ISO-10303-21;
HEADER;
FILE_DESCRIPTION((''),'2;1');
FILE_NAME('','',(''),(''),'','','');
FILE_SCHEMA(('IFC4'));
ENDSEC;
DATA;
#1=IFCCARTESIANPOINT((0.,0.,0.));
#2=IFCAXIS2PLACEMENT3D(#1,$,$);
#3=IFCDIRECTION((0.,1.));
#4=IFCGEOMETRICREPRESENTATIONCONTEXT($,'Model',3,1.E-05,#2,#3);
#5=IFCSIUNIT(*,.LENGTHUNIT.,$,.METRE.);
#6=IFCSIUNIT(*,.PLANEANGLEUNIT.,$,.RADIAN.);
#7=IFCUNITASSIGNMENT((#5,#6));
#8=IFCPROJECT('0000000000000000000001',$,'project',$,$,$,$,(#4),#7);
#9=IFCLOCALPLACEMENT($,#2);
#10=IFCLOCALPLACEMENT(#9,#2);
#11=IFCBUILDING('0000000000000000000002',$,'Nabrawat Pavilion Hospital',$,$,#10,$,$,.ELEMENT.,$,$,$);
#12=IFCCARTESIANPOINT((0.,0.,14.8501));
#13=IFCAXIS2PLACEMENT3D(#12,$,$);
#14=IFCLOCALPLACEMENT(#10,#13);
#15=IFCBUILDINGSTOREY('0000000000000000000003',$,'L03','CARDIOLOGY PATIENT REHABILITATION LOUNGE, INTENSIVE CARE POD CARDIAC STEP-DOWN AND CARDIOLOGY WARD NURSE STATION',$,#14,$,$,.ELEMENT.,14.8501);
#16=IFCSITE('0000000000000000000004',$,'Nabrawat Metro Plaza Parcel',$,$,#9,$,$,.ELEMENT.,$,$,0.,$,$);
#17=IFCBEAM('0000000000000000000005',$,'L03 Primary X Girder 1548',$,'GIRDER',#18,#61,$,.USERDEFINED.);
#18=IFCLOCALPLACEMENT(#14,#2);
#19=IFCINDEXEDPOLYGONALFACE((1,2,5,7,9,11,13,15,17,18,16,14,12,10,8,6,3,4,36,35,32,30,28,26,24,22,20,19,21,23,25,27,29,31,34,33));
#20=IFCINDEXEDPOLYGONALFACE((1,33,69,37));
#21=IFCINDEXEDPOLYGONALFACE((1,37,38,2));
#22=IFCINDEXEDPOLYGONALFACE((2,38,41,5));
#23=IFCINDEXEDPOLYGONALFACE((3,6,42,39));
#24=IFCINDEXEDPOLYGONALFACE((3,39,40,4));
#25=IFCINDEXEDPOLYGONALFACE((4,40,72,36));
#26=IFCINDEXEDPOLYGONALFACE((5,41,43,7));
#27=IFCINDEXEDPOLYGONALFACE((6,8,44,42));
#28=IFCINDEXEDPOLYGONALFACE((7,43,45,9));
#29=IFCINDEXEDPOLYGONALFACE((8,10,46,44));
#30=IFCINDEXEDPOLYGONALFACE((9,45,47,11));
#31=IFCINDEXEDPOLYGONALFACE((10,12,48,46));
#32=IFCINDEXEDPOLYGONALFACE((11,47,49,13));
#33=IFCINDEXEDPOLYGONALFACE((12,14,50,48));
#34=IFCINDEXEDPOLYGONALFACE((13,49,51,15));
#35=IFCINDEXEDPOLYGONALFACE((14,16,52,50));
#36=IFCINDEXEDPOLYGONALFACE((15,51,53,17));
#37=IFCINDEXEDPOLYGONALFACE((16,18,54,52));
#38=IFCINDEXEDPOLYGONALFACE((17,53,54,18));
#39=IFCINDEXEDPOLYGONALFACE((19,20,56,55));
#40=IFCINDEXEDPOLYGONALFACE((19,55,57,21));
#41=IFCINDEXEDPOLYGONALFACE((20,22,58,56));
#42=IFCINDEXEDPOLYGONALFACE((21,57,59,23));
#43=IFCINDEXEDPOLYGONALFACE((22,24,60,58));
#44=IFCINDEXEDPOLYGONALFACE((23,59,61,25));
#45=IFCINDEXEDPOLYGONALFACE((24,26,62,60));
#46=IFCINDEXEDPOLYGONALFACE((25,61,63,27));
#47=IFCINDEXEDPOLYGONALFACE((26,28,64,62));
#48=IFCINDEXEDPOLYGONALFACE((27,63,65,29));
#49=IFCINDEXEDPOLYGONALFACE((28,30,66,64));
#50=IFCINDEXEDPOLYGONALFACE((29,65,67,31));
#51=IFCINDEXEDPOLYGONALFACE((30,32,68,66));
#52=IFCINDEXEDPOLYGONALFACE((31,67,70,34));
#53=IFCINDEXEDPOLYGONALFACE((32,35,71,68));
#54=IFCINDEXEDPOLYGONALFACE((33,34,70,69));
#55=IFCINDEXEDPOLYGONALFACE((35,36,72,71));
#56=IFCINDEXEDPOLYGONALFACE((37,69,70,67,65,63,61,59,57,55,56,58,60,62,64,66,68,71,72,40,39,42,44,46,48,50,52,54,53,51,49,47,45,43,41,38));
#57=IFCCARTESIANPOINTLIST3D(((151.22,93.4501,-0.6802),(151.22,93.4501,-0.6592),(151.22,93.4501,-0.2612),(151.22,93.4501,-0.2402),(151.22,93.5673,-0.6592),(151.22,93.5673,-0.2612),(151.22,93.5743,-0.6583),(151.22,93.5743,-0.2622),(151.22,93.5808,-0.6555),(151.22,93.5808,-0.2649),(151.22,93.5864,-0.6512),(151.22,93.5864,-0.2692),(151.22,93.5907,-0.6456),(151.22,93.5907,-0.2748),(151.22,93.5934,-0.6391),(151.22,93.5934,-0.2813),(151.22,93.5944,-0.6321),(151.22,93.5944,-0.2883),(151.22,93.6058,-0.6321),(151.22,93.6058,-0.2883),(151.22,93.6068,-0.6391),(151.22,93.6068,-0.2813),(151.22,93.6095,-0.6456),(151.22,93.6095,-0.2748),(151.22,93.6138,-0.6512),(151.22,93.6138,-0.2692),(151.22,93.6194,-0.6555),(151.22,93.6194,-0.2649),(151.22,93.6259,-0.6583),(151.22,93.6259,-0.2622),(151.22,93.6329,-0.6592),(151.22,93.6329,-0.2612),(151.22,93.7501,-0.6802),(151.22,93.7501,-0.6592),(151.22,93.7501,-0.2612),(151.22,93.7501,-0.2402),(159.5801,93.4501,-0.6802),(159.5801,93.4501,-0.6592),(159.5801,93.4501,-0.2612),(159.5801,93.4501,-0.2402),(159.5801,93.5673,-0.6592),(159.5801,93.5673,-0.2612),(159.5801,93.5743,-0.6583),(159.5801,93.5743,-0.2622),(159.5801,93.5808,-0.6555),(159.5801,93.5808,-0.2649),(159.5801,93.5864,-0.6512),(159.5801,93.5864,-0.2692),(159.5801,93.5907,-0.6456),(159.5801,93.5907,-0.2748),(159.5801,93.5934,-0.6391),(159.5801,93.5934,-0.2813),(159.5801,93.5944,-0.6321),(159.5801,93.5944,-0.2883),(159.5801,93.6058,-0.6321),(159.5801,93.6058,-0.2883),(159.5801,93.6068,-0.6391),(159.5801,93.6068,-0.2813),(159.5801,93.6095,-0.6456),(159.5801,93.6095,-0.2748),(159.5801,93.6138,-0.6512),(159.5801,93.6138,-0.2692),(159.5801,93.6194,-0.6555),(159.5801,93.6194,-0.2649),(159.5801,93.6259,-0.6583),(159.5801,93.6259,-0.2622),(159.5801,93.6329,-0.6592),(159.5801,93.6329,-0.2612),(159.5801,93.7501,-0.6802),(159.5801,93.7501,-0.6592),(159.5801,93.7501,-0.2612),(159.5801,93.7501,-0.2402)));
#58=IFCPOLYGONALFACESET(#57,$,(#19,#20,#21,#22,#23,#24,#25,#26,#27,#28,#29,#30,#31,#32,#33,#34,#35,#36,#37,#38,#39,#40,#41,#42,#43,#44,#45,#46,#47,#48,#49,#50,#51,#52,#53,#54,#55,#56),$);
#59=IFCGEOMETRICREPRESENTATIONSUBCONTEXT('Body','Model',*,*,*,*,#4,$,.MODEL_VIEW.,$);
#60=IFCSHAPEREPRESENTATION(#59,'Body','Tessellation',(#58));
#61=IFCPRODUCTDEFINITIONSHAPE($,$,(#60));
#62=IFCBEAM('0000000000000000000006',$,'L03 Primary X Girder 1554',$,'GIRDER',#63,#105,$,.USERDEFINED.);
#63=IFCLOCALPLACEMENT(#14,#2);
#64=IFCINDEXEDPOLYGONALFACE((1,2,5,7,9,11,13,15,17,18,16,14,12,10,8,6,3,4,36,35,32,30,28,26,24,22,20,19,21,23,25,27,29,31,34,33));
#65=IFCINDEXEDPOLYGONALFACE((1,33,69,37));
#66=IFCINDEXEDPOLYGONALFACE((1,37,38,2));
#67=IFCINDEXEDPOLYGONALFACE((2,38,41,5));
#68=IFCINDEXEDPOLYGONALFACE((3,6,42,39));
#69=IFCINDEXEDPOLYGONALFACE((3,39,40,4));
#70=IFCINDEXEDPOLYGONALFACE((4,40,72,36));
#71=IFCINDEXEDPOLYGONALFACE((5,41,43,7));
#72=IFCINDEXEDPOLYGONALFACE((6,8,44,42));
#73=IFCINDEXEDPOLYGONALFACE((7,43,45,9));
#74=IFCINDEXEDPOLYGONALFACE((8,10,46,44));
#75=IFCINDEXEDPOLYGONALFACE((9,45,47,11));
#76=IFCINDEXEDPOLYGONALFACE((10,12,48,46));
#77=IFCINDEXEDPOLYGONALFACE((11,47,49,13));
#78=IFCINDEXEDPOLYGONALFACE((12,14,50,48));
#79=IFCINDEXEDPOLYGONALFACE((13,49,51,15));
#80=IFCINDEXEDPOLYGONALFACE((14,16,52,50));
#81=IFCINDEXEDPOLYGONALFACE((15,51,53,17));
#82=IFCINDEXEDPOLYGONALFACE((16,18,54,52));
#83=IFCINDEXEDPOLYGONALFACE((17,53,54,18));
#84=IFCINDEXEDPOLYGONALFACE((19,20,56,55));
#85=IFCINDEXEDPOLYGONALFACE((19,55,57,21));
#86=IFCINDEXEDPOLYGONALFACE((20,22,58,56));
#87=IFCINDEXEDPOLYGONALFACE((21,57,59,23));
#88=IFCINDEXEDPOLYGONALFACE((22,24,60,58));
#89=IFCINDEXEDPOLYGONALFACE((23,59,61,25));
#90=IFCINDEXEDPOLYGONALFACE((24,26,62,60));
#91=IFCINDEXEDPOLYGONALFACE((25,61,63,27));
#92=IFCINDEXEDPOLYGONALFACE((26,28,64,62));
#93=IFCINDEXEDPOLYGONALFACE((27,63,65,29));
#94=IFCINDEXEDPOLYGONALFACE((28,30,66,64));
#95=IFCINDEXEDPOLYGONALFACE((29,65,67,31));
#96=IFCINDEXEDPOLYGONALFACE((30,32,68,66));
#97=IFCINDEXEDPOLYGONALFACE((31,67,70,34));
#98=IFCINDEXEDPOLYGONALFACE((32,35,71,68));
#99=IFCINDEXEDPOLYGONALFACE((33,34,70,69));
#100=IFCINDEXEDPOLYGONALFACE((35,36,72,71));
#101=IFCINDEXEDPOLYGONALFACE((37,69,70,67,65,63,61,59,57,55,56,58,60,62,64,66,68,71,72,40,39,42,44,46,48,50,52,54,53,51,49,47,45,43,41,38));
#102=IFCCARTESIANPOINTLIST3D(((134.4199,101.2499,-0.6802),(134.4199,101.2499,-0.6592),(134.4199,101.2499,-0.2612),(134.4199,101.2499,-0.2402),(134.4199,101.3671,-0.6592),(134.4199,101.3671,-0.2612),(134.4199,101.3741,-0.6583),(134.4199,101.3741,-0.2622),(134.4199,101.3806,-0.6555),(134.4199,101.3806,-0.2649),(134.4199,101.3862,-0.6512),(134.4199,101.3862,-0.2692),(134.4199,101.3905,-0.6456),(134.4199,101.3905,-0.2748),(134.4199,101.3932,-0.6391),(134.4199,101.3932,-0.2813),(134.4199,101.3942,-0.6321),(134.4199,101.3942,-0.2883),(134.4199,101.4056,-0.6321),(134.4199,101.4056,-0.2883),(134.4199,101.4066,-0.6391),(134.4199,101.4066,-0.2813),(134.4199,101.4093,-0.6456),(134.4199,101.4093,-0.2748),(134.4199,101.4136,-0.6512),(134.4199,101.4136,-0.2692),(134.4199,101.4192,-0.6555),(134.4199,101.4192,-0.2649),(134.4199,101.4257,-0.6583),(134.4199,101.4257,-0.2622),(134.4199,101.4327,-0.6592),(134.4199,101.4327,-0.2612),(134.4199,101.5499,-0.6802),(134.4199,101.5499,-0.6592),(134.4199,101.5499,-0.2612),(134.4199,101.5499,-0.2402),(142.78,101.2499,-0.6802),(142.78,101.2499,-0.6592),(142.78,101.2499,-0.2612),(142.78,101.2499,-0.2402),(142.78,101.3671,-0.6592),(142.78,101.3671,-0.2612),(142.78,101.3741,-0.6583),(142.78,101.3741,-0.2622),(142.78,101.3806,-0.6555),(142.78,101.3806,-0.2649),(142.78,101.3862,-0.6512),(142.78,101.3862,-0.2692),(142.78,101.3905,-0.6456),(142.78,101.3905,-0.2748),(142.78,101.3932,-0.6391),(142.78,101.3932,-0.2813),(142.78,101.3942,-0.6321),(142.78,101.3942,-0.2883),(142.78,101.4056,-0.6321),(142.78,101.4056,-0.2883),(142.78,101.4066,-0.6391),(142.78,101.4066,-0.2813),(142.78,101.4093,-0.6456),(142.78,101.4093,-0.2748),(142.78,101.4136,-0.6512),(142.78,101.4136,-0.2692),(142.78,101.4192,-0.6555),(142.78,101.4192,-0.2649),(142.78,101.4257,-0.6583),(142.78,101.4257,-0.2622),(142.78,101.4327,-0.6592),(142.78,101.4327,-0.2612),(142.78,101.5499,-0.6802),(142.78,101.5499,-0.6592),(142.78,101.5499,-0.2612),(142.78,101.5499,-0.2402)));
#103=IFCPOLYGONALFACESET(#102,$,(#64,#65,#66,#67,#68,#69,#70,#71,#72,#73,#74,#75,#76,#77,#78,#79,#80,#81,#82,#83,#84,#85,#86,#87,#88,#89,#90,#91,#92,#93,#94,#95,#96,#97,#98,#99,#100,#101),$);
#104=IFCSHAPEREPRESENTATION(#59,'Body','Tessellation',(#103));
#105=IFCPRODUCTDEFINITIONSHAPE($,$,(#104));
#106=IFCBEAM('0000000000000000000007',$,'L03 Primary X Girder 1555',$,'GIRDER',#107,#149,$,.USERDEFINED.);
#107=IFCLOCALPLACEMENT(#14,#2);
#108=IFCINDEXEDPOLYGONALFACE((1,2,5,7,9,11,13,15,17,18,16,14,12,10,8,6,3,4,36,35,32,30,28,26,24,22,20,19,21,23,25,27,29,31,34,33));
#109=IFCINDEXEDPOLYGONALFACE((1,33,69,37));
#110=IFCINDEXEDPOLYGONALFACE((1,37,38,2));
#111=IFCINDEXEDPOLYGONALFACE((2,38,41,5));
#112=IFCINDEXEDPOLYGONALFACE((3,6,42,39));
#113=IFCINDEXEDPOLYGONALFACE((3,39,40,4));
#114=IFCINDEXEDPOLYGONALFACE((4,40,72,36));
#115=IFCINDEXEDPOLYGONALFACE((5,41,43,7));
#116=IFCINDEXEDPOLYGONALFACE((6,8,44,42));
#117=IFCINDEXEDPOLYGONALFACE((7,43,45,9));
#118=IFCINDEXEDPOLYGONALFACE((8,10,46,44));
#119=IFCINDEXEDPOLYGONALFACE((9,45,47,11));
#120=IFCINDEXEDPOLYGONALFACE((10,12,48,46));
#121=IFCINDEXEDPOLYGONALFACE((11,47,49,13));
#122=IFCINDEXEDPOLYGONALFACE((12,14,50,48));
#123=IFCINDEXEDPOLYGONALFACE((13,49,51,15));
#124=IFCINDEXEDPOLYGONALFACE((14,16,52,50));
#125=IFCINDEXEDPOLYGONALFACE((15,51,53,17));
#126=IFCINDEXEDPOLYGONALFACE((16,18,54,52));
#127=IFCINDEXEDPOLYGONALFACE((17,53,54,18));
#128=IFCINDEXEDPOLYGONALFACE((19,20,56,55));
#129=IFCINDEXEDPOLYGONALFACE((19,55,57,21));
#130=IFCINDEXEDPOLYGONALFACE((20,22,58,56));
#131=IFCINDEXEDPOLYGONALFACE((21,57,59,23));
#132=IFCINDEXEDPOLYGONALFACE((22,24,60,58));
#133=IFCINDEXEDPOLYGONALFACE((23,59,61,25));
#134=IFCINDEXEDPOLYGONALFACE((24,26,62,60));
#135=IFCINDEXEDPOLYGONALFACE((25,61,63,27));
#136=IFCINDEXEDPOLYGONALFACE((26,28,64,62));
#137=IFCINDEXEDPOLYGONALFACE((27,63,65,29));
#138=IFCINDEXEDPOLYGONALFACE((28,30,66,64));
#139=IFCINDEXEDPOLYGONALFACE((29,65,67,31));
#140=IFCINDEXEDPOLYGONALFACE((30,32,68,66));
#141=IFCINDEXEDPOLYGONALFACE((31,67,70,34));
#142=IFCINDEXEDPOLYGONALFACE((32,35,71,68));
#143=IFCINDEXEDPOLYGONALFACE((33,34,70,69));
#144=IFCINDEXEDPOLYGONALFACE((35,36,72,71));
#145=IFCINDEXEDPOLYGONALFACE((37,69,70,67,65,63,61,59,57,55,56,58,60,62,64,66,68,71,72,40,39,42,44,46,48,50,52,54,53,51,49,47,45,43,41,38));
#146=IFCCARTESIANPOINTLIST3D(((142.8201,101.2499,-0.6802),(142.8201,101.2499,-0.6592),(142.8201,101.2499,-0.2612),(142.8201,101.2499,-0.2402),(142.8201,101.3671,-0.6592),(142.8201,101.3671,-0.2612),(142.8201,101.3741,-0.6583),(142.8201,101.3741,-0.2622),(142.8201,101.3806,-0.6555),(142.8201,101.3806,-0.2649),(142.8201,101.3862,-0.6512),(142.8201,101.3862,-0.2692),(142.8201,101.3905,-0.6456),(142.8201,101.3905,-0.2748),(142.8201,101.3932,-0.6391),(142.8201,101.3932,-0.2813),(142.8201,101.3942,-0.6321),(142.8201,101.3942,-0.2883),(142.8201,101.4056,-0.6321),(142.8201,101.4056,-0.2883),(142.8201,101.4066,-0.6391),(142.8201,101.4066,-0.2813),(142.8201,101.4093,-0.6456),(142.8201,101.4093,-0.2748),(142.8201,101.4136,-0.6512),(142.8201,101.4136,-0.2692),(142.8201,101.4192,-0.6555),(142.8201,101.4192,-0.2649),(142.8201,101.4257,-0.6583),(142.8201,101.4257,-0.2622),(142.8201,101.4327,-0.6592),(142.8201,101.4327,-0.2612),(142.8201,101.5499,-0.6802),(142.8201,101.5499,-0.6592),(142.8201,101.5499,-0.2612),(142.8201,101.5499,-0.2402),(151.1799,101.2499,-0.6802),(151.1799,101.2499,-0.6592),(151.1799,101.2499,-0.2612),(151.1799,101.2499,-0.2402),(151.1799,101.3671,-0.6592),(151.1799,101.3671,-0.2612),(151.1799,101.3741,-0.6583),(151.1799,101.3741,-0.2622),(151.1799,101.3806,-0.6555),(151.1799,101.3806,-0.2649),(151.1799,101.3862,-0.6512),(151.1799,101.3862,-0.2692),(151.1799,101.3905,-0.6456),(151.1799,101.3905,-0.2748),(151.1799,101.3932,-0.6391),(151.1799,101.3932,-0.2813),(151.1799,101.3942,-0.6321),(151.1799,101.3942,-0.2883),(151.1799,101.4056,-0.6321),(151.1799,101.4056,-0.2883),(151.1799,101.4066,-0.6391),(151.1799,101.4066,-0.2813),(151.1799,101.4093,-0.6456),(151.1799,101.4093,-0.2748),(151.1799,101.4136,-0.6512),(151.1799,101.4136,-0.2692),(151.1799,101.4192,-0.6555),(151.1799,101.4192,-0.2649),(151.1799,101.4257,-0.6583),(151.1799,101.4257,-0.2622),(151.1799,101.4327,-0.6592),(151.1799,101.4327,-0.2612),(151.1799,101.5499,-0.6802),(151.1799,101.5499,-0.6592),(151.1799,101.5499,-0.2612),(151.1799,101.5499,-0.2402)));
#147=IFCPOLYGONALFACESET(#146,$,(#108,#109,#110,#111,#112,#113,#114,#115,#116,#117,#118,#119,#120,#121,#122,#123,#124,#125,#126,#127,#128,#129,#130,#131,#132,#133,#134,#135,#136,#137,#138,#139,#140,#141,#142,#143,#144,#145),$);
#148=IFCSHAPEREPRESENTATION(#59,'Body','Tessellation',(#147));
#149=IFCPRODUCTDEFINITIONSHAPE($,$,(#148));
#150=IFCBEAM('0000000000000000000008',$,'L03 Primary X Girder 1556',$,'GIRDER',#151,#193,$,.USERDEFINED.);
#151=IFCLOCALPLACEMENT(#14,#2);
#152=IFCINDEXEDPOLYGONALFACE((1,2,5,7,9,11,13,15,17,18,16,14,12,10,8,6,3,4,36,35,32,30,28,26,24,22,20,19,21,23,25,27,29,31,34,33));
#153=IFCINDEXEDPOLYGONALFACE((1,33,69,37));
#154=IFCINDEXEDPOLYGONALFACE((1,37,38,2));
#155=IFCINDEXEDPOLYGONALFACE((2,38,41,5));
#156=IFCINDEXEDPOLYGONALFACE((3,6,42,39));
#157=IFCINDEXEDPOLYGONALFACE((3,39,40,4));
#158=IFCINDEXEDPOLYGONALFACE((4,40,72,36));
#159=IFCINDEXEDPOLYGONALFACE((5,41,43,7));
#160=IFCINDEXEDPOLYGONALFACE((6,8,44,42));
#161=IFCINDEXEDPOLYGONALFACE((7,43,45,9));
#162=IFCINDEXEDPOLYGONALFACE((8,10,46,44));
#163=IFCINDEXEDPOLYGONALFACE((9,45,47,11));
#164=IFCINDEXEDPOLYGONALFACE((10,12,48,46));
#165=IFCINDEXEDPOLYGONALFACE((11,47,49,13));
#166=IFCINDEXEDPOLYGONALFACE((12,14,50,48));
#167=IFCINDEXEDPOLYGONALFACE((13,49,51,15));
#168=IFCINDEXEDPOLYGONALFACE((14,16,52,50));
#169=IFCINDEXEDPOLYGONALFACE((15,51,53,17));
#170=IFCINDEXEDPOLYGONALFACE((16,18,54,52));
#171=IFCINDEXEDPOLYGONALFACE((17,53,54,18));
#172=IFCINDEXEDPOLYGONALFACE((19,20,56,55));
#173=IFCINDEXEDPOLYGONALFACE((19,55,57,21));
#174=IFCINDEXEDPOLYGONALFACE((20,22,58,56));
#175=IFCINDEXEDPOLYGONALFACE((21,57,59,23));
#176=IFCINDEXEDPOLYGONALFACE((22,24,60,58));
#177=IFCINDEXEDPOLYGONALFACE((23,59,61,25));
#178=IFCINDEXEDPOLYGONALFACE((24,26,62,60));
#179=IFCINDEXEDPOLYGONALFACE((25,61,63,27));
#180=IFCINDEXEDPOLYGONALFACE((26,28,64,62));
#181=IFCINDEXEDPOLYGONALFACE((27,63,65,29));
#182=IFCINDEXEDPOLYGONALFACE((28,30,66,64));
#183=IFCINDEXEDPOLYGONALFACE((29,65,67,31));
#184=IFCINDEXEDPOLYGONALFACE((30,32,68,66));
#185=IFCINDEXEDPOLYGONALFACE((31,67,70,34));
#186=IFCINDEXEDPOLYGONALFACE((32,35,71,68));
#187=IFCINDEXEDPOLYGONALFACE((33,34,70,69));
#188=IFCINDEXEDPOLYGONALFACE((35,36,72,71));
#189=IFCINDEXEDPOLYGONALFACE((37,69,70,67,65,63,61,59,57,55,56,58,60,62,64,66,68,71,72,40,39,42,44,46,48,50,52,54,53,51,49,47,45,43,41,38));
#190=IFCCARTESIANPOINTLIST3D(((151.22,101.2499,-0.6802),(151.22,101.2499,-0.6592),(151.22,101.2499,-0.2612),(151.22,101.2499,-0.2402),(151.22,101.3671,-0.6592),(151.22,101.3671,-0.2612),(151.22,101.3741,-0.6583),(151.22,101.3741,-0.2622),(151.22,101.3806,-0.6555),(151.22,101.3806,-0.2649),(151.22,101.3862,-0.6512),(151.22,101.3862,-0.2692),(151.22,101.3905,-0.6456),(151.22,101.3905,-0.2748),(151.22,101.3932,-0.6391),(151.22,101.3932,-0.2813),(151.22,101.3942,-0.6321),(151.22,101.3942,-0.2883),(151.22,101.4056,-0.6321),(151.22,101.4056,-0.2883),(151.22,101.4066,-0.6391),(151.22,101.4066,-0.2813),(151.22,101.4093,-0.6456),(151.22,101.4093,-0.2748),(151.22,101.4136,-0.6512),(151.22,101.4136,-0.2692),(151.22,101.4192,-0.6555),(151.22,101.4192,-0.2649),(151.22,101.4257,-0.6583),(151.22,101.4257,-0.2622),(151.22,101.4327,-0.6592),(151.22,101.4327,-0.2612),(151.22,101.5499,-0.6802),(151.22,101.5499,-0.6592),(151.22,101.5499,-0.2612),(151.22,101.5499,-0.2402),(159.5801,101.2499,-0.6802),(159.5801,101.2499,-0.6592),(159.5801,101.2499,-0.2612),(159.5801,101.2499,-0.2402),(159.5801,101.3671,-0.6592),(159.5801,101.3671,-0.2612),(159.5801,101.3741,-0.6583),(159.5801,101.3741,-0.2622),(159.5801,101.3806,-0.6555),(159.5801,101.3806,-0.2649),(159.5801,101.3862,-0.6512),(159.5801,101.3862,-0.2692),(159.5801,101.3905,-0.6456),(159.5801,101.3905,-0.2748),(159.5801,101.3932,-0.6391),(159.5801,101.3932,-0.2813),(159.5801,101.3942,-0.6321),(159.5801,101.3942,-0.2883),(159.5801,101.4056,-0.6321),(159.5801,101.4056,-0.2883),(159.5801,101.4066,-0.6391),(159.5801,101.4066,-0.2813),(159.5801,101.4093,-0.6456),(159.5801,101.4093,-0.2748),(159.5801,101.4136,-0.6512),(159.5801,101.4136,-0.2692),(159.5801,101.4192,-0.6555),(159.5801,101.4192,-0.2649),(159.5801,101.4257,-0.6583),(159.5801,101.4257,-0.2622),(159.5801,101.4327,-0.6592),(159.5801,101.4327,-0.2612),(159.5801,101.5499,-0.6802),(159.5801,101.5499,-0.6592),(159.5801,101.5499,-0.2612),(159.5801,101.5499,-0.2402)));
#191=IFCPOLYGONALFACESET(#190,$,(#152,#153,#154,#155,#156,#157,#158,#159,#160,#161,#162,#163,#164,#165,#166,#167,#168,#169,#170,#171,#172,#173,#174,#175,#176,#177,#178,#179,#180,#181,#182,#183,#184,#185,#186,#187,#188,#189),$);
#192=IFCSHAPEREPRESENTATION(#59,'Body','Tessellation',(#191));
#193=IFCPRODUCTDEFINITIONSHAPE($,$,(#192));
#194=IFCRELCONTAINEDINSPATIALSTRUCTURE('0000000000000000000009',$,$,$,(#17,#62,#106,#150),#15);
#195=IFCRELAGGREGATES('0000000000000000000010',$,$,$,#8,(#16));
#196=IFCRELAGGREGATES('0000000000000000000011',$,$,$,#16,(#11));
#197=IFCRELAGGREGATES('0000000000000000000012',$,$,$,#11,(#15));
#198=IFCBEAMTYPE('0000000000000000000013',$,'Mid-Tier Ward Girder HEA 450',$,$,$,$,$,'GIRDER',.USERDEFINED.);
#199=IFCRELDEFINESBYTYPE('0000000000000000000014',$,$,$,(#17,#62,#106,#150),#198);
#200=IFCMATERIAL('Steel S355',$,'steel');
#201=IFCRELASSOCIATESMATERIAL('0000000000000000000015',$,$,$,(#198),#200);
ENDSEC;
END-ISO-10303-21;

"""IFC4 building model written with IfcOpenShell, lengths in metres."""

from ifc_helpers import new_model, si_unit, direction, frame, origin, origin_2d, place, context, subcontext, project, spatial, i_section, extrude, material, material_profile, profile_set, type_object, element, save


model = new_model("IFC4")

# Units and contexts
model_context = context("Model", 3, precision=1e-05, world=origin(), true_north=direction((0.0, 1.0)))
body_context = subcontext(model_context, "Body", "Model", "MODEL_VIEW")
ifc_project = project(units=[si_unit("LENGTHUNIT", "METRE"), si_unit("PLANEANGLEUNIT", "RADIAN")], contexts=[model_context])

# Site, building, storey
site_placement = place(None, origin())
site = spatial("IfcSite", under=ifc_project, at=site_placement, Name="Nabrawat Metro Plaza Parcel", CompositionType="ELEMENT", RefElevation=0.0)
building_placement = place(site_placement, origin())
building = spatial("IfcBuilding", under=site, at=building_placement, Name="Nabrawat Pavilion Hospital", CompositionType="ELEMENT")
storey_placement = place(building_placement, frame((0.0, 0.0, 14.8501)))
storey = spatial("IfcBuildingStorey", under=building, at=storey_placement, Name="L03", Description="CARDIOLOGY PATIENT REHABILITATION LOUNGE, INTENSIVE CARE POD CARDIAC STEP-DOWN AND CARDIOLOGY WARD NURSE STATION", CompositionType="ELEMENT", Elevation=14.8501)

# Shared definitions
ifc_material_1 = material(Name="Steel S355", Category="steel")

# Beams
ifc_material_profile_1 = material_profile(ifc_material_1, i_section(OverallWidth=0.3, OverallDepth=0.4399, WebThickness=0.0115, FlangeThickness=0.021, FilletRadius=0.0271, at=origin_2d()), Name="HEA 450")
ifc_profile_set_1 = profile_set([ifc_material_profile_1], Name="Steel S355")
beam_type_1 = type_object("IfcBeamType", Name="Mid-Tier Ward Girder HEA 450", ElementType="GIRDER", PredefinedType="USERDEFINED", material=ifc_profile_set_1)
for number, where, z_axis, x_axis, name in (
    (1, (151.22, 93.6001, -0.4602), (1.0, 0.0, 0.0), (0.0, 1.0, 0.0), "L03 Primary X Girder 1548"),
    (2, (134.4199, 101.3999, -0.4602), (1.0, 0.0, 0.0), (0.0, 1.0, 0.0), "L03 Primary X Girder 1554"),
):
    element("IfcBeam", number, at=place(storey_placement, frame(where, z_axis=z_axis, x_axis=x_axis)), inside=storey, type_object=beam_type_1, Name=name, ObjectType="GIRDER", PredefinedType="USERDEFINED", context=body_context, shape_type="SweptSolid", body=[
        extrude(i_section(OverallWidth=0.3, OverallDepth=0.4399, WebThickness=0.0115, FlangeThickness=0.021, FilletRadius=0.0271, at=origin_2d()), origin(), (0.0, 0.0, 1.0), 8.3601),
    ])
beam_1_placement = place(storey_placement, frame((142.8201, 101.3999, -0.4602), z_axis=(1.0, 0.0, 0.0), x_axis=(0.0, 1.0, 0.0)))
element("IfcBeam", 3, at=beam_1_placement, inside=storey, type_object=beam_type_1, Name="L03 Primary X Girder 1555", ObjectType="GIRDER", PredefinedType="USERDEFINED", context=body_context, shape_type="SweptSolid", body=[
    extrude(i_section(OverallWidth=0.3, OverallDepth=0.4399, WebThickness=0.0115, FlangeThickness=0.021, FilletRadius=0.0271, at=origin_2d()), origin(), (0.0, 0.0, 1.0), 8.3599),
])
beam_2_placement = place(storey_placement, frame((151.22, 101.3999, -0.4602), z_axis=(1.0, 0.0, 0.0), x_axis=(0.0, 1.0, 0.0)))
element("IfcBeam", 4, at=beam_2_placement, inside=storey, type_object=beam_type_1, Name="L03 Primary X Girder 1556", ObjectType="GIRDER", PredefinedType="USERDEFINED", context=body_context, shape_type="SweptSolid", body=[
    extrude(i_section(OverallWidth=0.3, OverallDepth=0.4399, WebThickness=0.0115, FlangeThickness=0.021, FilletRadius=0.0271, at=origin_2d()), origin(), (0.0, 0.0, 1.0), 8.3601),
])

save(model, "model.ifc")
